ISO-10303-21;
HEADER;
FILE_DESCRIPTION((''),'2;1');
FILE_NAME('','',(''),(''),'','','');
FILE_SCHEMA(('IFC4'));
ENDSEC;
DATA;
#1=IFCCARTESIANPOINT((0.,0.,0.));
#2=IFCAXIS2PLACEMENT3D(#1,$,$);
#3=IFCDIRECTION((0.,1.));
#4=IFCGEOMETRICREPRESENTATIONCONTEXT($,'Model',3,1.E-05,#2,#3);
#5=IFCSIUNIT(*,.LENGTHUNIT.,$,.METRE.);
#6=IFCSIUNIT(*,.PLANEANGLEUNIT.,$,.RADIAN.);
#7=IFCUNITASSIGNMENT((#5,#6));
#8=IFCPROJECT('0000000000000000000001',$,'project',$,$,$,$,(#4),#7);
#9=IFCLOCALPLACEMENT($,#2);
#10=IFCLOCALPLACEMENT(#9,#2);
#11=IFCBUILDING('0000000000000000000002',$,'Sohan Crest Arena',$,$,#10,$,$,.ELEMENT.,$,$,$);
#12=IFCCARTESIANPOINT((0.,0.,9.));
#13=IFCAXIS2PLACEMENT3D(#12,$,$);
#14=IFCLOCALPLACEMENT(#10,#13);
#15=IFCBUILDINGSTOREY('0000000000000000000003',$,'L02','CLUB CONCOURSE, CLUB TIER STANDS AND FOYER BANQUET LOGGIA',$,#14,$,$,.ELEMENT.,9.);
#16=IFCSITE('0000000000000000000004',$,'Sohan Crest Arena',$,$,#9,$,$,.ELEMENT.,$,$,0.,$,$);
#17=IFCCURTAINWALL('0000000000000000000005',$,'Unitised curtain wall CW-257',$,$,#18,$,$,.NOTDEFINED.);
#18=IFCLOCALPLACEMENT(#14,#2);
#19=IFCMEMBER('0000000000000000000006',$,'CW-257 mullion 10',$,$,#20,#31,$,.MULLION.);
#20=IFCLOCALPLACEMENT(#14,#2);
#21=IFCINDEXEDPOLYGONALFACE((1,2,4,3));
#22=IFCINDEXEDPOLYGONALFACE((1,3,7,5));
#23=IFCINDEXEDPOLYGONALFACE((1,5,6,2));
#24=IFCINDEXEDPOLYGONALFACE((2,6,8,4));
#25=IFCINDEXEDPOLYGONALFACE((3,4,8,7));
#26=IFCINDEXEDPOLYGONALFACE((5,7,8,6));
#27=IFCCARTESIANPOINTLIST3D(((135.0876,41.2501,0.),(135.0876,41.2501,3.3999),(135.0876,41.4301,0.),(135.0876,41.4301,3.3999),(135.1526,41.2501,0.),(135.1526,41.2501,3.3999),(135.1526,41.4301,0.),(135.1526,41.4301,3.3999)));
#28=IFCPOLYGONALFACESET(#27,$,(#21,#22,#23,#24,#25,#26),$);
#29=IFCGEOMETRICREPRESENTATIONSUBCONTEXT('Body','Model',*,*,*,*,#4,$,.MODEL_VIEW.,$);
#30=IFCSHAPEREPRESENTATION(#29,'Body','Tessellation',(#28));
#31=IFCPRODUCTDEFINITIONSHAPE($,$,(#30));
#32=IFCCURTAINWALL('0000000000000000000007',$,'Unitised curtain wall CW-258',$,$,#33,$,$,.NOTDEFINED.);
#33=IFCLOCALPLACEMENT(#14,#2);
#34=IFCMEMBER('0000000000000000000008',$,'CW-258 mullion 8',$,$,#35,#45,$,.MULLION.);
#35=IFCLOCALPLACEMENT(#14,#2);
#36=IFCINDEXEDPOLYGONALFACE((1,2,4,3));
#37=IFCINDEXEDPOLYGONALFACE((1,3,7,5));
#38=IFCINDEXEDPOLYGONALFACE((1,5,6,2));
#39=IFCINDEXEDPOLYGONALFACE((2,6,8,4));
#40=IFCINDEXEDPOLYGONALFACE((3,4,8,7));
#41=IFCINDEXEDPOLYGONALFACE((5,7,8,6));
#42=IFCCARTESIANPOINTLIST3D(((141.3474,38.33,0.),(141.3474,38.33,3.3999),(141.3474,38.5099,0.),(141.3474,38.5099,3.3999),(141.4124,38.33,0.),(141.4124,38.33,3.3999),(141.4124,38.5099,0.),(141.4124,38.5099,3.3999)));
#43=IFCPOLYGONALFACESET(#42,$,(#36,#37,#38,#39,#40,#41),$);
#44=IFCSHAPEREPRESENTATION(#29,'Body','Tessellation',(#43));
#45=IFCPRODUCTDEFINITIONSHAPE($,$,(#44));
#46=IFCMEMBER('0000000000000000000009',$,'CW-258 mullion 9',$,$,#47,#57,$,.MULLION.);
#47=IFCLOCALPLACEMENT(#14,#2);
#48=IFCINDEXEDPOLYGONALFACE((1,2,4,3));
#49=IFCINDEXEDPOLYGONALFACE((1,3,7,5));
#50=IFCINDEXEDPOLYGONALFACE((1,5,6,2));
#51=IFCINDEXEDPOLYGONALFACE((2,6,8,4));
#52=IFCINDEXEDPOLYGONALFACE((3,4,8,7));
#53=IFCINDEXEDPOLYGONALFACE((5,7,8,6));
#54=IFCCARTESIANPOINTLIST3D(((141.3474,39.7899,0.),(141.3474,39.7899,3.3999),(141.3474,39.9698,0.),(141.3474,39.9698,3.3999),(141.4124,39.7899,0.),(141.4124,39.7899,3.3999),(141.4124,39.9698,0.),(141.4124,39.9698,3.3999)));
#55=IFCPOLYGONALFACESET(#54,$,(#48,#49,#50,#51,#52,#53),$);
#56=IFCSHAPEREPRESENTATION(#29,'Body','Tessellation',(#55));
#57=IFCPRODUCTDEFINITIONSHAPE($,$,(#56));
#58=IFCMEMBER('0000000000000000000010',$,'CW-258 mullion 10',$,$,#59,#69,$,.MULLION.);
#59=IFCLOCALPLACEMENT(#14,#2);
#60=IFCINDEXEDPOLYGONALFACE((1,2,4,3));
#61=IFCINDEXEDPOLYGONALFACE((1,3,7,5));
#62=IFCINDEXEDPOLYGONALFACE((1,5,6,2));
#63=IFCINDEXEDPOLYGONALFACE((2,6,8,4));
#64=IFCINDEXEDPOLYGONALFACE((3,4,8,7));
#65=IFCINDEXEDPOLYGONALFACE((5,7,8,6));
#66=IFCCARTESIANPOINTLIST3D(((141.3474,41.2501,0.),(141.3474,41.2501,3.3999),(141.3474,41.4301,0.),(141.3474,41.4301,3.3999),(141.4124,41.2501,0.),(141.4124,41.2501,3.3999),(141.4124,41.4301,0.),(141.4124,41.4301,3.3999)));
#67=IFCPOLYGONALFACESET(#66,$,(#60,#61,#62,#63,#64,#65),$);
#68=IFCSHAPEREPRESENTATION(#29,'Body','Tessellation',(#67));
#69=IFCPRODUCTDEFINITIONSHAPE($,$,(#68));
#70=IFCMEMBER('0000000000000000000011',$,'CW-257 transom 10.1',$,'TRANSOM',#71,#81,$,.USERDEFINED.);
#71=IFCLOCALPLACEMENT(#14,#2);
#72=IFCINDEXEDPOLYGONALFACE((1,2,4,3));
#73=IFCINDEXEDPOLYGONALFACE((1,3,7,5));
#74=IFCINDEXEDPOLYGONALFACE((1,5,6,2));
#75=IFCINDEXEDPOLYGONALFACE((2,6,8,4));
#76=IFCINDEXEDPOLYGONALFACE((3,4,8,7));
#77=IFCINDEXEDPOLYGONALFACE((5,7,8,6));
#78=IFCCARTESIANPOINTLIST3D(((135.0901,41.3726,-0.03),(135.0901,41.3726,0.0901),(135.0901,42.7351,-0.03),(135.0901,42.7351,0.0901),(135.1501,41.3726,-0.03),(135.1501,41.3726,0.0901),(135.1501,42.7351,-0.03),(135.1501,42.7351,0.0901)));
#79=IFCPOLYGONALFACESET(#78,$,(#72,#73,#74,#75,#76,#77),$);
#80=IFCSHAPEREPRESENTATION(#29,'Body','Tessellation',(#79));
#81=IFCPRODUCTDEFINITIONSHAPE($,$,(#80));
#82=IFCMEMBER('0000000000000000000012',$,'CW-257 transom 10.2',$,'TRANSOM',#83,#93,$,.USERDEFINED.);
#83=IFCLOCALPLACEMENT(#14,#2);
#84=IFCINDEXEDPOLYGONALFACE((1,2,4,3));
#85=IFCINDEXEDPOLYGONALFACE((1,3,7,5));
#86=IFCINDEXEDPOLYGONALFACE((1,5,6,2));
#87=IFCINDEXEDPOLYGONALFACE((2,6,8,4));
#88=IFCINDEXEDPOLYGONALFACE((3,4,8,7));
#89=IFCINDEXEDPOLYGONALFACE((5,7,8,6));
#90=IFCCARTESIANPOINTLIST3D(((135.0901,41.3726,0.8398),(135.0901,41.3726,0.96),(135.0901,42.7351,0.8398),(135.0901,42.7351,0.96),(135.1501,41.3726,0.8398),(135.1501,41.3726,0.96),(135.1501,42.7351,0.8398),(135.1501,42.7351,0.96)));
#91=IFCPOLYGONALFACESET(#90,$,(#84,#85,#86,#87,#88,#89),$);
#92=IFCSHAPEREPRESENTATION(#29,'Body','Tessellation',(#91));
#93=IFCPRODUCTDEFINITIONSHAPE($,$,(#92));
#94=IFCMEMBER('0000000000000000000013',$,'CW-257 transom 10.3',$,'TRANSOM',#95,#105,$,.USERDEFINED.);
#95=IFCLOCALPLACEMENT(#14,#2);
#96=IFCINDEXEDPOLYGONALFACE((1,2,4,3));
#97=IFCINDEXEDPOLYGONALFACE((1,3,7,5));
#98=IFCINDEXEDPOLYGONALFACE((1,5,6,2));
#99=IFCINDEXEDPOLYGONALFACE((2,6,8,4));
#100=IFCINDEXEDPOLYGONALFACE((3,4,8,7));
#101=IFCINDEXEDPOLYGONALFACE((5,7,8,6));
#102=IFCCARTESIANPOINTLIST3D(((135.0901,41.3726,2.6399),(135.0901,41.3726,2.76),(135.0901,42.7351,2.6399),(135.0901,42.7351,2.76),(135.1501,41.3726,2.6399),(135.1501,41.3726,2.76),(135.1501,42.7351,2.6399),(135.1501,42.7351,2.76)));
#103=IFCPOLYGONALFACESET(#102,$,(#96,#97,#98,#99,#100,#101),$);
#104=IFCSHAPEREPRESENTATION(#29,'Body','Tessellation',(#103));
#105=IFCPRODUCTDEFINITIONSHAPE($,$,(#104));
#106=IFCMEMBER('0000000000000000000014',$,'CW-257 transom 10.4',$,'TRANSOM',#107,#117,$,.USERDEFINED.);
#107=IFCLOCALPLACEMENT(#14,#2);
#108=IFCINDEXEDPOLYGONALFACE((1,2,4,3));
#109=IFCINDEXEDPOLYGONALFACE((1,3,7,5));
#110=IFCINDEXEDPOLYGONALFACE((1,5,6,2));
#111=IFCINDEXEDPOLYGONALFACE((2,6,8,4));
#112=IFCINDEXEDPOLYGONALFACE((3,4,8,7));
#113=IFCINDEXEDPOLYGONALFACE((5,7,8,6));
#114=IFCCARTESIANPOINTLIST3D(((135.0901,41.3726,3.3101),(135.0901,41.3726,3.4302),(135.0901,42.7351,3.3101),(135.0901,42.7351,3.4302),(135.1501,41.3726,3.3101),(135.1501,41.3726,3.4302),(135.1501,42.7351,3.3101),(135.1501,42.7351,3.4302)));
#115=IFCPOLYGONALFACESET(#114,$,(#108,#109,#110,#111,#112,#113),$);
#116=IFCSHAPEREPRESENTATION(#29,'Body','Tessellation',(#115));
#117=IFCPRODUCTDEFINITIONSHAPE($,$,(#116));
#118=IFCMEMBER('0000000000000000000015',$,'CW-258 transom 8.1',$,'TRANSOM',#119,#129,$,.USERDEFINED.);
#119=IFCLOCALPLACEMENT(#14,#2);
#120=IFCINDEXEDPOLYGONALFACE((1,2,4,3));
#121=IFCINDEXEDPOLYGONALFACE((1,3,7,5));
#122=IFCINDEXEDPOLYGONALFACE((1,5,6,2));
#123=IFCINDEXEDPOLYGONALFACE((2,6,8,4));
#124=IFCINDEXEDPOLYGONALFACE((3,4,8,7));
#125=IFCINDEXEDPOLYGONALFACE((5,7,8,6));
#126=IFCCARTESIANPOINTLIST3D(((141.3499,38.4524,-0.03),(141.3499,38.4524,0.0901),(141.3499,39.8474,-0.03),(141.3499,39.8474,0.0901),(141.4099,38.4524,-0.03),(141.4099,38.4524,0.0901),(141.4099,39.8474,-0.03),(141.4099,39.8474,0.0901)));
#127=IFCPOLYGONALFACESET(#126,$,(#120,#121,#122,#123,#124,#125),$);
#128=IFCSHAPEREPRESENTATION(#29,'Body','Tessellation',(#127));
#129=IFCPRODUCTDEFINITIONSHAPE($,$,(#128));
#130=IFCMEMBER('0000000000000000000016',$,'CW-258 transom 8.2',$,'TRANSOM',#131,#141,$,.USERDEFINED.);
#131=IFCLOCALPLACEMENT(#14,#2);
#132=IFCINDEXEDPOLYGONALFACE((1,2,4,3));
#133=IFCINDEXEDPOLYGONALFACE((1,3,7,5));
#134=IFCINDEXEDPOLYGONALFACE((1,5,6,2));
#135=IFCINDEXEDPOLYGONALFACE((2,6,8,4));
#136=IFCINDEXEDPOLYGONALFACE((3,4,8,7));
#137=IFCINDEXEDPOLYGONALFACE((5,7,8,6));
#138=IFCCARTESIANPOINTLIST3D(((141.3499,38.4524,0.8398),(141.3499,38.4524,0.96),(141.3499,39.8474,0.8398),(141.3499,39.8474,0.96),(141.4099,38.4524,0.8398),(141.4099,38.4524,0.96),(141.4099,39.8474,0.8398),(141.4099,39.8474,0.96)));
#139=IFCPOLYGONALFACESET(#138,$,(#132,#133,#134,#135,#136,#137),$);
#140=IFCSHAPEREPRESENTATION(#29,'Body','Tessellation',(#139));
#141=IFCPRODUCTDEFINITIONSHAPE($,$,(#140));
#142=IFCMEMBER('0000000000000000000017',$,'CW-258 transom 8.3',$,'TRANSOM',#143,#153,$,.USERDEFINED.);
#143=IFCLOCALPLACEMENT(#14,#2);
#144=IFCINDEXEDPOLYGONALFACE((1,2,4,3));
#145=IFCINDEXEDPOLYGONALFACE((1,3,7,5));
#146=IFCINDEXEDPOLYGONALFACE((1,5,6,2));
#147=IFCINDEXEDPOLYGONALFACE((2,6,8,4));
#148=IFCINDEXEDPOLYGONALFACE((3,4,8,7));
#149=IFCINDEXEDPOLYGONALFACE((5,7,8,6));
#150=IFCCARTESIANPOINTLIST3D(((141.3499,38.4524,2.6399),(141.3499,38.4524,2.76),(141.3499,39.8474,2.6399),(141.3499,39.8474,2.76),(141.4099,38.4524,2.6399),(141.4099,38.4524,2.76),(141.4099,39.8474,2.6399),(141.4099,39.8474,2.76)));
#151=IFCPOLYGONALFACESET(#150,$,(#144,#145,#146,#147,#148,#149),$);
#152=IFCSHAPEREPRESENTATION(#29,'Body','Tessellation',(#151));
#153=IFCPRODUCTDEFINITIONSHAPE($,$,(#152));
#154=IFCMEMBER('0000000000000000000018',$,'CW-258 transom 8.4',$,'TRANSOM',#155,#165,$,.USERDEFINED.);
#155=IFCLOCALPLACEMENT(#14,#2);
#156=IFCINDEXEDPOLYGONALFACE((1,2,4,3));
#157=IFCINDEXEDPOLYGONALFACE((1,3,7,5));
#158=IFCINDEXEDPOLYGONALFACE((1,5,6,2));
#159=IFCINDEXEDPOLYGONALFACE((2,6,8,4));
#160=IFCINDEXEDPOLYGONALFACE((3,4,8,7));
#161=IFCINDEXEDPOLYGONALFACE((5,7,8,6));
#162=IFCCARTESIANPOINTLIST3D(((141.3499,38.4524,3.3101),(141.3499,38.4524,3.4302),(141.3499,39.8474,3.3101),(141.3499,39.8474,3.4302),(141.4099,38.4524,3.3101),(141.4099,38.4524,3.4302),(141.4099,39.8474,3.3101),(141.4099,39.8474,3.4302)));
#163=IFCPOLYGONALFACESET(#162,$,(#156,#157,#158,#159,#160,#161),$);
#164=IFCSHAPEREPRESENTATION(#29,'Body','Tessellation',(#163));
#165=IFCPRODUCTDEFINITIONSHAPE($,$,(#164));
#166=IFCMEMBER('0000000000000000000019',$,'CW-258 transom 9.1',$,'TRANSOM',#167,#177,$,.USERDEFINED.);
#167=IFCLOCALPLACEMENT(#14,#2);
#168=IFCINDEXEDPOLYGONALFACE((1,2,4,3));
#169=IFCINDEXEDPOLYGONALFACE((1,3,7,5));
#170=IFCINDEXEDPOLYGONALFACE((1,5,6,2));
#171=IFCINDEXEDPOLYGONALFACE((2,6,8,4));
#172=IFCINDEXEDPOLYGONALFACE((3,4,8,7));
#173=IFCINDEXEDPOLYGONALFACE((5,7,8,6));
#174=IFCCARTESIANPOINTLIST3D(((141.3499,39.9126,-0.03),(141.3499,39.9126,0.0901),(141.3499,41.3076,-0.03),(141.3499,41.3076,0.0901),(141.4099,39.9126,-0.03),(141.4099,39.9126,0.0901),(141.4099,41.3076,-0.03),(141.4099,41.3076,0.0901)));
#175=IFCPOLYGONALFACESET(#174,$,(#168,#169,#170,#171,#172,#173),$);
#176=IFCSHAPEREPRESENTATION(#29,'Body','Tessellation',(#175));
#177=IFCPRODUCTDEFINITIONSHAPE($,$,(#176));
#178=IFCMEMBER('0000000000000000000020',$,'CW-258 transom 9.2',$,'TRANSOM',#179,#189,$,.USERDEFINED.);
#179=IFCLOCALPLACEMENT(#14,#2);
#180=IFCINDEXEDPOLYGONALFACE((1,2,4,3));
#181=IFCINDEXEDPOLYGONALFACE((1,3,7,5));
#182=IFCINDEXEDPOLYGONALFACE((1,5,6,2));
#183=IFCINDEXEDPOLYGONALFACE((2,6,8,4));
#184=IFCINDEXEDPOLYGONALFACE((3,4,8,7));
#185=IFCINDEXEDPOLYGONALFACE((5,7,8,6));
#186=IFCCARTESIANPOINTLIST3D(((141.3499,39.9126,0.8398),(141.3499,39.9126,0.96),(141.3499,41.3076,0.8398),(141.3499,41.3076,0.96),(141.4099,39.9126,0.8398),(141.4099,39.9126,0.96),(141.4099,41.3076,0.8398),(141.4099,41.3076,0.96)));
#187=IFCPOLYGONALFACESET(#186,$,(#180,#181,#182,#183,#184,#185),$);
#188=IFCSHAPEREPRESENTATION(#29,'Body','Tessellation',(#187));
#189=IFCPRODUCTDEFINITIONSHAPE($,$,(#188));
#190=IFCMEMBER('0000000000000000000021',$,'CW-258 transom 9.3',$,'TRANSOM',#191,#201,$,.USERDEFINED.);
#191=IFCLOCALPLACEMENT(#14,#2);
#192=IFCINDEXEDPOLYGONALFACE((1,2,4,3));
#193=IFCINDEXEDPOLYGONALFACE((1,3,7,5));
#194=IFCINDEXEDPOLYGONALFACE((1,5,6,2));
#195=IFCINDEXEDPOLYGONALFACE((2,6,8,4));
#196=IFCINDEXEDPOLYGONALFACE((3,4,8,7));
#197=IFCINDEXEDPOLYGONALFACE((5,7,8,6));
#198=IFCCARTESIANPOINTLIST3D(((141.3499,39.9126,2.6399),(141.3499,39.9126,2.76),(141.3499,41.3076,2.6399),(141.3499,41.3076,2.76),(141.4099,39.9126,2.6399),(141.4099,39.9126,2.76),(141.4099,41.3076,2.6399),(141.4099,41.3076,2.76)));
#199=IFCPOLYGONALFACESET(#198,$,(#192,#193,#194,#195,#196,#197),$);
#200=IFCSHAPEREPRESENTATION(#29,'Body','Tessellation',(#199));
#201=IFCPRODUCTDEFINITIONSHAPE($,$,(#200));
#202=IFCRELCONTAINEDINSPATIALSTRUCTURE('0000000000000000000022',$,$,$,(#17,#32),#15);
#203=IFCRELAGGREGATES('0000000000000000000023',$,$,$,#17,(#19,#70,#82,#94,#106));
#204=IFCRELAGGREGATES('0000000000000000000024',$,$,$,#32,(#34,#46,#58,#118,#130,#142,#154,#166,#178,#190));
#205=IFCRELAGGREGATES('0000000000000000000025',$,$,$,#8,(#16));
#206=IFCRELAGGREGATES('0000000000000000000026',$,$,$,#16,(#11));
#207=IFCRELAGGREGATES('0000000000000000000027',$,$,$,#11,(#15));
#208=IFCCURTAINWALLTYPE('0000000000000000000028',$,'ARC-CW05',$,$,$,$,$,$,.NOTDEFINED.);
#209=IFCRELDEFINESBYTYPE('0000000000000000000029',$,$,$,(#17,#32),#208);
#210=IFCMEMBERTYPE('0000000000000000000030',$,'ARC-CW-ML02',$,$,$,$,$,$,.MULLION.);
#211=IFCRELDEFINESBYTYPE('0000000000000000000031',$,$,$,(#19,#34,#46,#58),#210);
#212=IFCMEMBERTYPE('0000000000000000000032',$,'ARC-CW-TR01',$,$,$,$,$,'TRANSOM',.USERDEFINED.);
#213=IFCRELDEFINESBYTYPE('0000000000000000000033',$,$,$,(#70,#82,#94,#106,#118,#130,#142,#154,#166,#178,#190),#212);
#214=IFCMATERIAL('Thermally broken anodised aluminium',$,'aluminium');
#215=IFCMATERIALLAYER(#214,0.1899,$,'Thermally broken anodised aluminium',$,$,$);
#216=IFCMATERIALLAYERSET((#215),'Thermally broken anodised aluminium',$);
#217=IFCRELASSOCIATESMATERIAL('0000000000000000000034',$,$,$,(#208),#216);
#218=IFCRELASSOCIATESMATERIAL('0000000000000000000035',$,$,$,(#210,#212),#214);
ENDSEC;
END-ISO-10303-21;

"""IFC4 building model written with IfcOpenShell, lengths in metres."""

from ifc_helpers import new_model, si_unit, direction, frame, origin, origin_2d, place, context, subcontext, project, spatial, rectangle, extrude, material, layer, layer_set, material_profile, profile_set, type_object, element, aggregate, save


model = new_model("IFC4")

# Units and contexts
model_context = context("Model", 3, precision=1e-05, world=origin(), true_north=direction((0.0, 1.0)))
body_context = subcontext(model_context, "Body", "Model", "MODEL_VIEW")
ifc_project = project(units=[si_unit("LENGTHUNIT", "METRE"), si_unit("PLANEANGLEUNIT", "RADIAN")], contexts=[model_context])

# Site, building, storey
site_placement = place(None, origin())
site = spatial("IfcSite", under=ifc_project, at=site_placement, Name="Sohan Crest Arena", CompositionType="ELEMENT", RefElevation=0.0)
building_placement = place(site_placement, origin())
building = spatial("IfcBuilding", under=site, at=building_placement, Name="Sohan Crest Arena", CompositionType="ELEMENT")
storey_placement = place(building_placement, frame((0.0, 0.0, 9.0)))
storey = spatial("IfcBuildingStorey", under=building, at=storey_placement, Name="L02", Description="CLUB CONCOURSE, CLUB TIER STANDS AND FOYER BANQUET LOGGIA", CompositionType="ELEMENT", Elevation=9.0)

# Curtain wall, member
ifc_material_1 = material(Name="Thermally broken anodised aluminium", Category="aluminium")
ifc_layer_1 = layer(ifc_material_1, 0.1899, Name="Thermally broken anodised aluminium")
ifc_layer_set_1 = layer_set([ifc_layer_1], Name="Thermally broken anodised aluminium")
curtain_wall_type = type_object("IfcCurtainWallType", Name="ARC-CW05", PredefinedType="NOTDEFINED", material=ifc_layer_set_1)
curtain_wall_1_placement = place(storey_placement, origin())
curtain_wall_1 = element("IfcCurtainWall", 1, at=curtain_wall_1_placement, inside=storey, type_object=curtain_wall_type, Name="Unitised curtain wall CW-257", PredefinedType="NOTDEFINED")
ifc_material_profile_1 = material_profile(ifc_material_1, rectangle(XDim=0.0649, YDim=0.1799, at=origin_2d()), Name="ALU-MULL 65x180")
ifc_profile_set_1 = profile_set([ifc_material_profile_1], Name="Thermally broken anodised aluminium")
member_type_1 = type_object("IfcMemberType", Name="ARC-CW-ML02", PredefinedType="MULLION", material=ifc_profile_set_1)
member_1_placement = place(storey_placement, frame((135.1201, 41.3401, 0.0), z_axis=(0.0, 0.0, 1.0), x_axis=(-1.0, 0.0, 0.0)))
member_1 = element("IfcMember", 2, at=member_1_placement, type_object=member_type_1, Name="CW-257 mullion 10", PredefinedType="MULLION", context=body_context, shape_type="SweptSolid", body=[
    extrude(rectangle(XDim=0.0649, YDim=0.1799, at=origin_2d()), origin(), (0.0, 0.0, 1.0), 3.3999),
])

# Curtain wall, members
curtain_wall_2_placement = place(storey_placement, origin())
curtain_wall_2 = element("IfcCurtainWall", 3, at=curtain_wall_2_placement, inside=storey, type_object=curtain_wall_type, Name="Unitised curtain wall CW-258", PredefinedType="NOTDEFINED")
member_2_placement = place(storey_placement, frame((141.3799, 38.4199, 0.0), z_axis=(0.0, 0.0, 1.0), x_axis=(-1.0, 0.0, 0.0)))
member_2 = element("IfcMember", 4, at=member_2_placement, type_object=member_type_1, Name="CW-258 mullion 8", PredefinedType="MULLION", context=body_context, shape_type="SweptSolid", body=[
    extrude(rectangle(XDim=0.0649, YDim=0.1799, at=origin_2d()), origin(), (0.0, 0.0, 1.0), 3.3999),
])
member_3_placement = place(storey_placement, frame((141.3799, 39.8799, 0.0), z_axis=(0.0, 0.0, 1.0), x_axis=(-1.0, 0.0, 0.0)))
member_3 = element("IfcMember", 5, at=member_3_placement, type_object=member_type_1, Name="CW-258 mullion 9", PredefinedType="MULLION", context=body_context, shape_type="SweptSolid", body=[
    extrude(rectangle(XDim=0.0649, YDim=0.1799, at=origin_2d()), origin(), (0.0, 0.0, 1.0), 3.3999),
])
member_4_placement = place(storey_placement, frame((141.3799, 41.3401, 0.0), z_axis=(0.0, 0.0, 1.0), x_axis=(-1.0, 0.0, 0.0)))
member_4 = element("IfcMember", 6, at=member_4_placement, type_object=member_type_1, Name="CW-258 mullion 10", PredefinedType="MULLION", context=body_context, shape_type="SweptSolid", body=[
    extrude(rectangle(XDim=0.0649, YDim=0.1799, at=origin_2d()), origin(), (0.0, 0.0, 1.0), 3.3999),
])

# Members
ifc_material_profile_2 = material_profile(ifc_material_1, rectangle(XDim=0.0601, YDim=0.1201, at=origin_2d()), Name="ALU-TRAN 60x120")
ifc_profile_set_2 = profile_set([ifc_material_profile_2], Name="Thermally broken anodised aluminium")
member_type_2 = type_object("IfcMemberType", Name="ARC-CW-TR01", ElementType="TRANSOM", PredefinedType="USERDEFINED", material=ifc_profile_set_2)
member_5_placement = place(storey_placement, frame((135.1201, 41.3726, 0.03), z_axis=(0.0, 1.0, 0.0), x_axis=(-1.0, 0.0, 0.0)))
member_5 = element("IfcMember", 7, at=member_5_placement, type_object=member_type_2, Name="CW-257 transom 10.1", ObjectType="TRANSOM", PredefinedType="USERDEFINED", context=body_context, shape_type="SweptSolid", body=[
    extrude(rectangle(XDim=0.0601, YDim=0.1201, at=origin_2d()), origin(), (0.0, 0.0, 1.0), 1.3625),
])
member_6_placement = place(storey_placement, frame((135.1201, 41.3726, 0.8999), z_axis=(0.0, 1.0, 0.0), x_axis=(-1.0, 0.0, 0.0)))
member_6 = element("IfcMember", 8, at=member_6_placement, type_object=member_type_2, Name="CW-257 transom 10.2", ObjectType="TRANSOM", PredefinedType="USERDEFINED", context=body_context, shape_type="SweptSolid", body=[
    extrude(rectangle(XDim=0.0601, YDim=0.1201, at=origin_2d()), origin(), (0.0, 0.0, 1.0), 1.3625),
])
member_7_placement = place(storey_placement, frame((135.1201, 41.3726, 2.7), z_axis=(0.0, 1.0, 0.0), x_axis=(-1.0, 0.0, 0.0)))
member_7 = element("IfcMember", 9, at=member_7_placement, type_object=member_type_2, Name="CW-257 transom 10.3", ObjectType="TRANSOM", PredefinedType="USERDEFINED", context=body_context, shape_type="SweptSolid", body=[
    extrude(rectangle(XDim=0.0601, YDim=0.1201, at=origin_2d()), origin(), (0.0, 0.0, 1.0), 1.3625),
])
member_8_placement = place(storey_placement, frame((135.1201, 41.3726, 3.3701), z_axis=(0.0, 1.0, 0.0), x_axis=(-1.0, 0.0, 0.0)))
member_8 = element("IfcMember", 10, at=member_8_placement, type_object=member_type_2, Name="CW-257 transom 10.4", ObjectType="TRANSOM", PredefinedType="USERDEFINED", context=body_context, shape_type="SweptSolid", body=[
    extrude(rectangle(XDim=0.0601, YDim=0.1201, at=origin_2d()), origin(), (0.0, 0.0, 1.0), 1.3625),
])
member_9_placement = place(storey_placement, frame((141.3799, 38.4524, 0.03), z_axis=(0.0, 1.0, 0.0), x_axis=(-1.0, 0.0, 0.0)))
member_9 = element("IfcMember", 11, at=member_9_placement, type_object=member_type_2, Name="CW-258 transom 8.1", ObjectType="TRANSOM", PredefinedType="USERDEFINED", context=body_context, shape_type="SweptSolid", body=[
    extrude(rectangle(XDim=0.0601, YDim=0.1201, at=origin_2d()), origin(), (0.0, 0.0, 1.0), 1.395),
])
member_10_placement = place(storey_placement, frame((141.3799, 38.4524, 0.8999), z_axis=(0.0, 1.0, 0.0), x_axis=(-1.0, 0.0, 0.0)))
member_10 = element("IfcMember", 12, at=member_10_placement, type_object=member_type_2, Name="CW-258 transom 8.2", ObjectType="TRANSOM", PredefinedType="USERDEFINED", context=body_context, shape_type="SweptSolid", body=[
    extrude(rectangle(XDim=0.0601, YDim=0.1201, at=origin_2d()), origin(), (0.0, 0.0, 1.0), 1.395),
])
member_11_placement = place(storey_placement, frame((141.3799, 38.4524, 2.7), z_axis=(0.0, 1.0, 0.0), x_axis=(-1.0, 0.0, 0.0)))
member_11 = element("IfcMember", 13, at=member_11_placement, type_object=member_type_2, Name="CW-258 transom 8.3", ObjectType="TRANSOM", PredefinedType="USERDEFINED", context=body_context, shape_type="SweptSolid", body=[
    extrude(rectangle(XDim=0.0601, YDim=0.1201, at=origin_2d()), origin(), (0.0, 0.0, 1.0), 1.395),
])
member_12_placement = place(storey_placement, frame((141.3799, 38.4524, 3.3701), z_axis=(0.0, 1.0, 0.0), x_axis=(-1.0, 0.0, 0.0)))
member_12 = element("IfcMember", 14, at=member_12_placement, type_object=member_type_2, Name="CW-258 transom 8.4", ObjectType="TRANSOM", PredefinedType="USERDEFINED", context=body_context, shape_type="SweptSolid", body=[
    extrude(rectangle(XDim=0.0601, YDim=0.1201, at=origin_2d()), origin(), (0.0, 0.0, 1.0), 1.395),
])
member_13_placement = place(storey_placement, frame((141.3799, 39.9126, 0.03), z_axis=(0.0, 1.0, 0.0), x_axis=(-1.0, 0.0, 0.0)))
member_13 = element("IfcMember", 15, at=member_13_placement, type_object=member_type_2, Name="CW-258 transom 9.1", ObjectType="TRANSOM", PredefinedType="USERDEFINED", context=body_context, shape_type="SweptSolid", body=[
    extrude(rectangle(XDim=0.0601, YDim=0.1201, at=origin_2d()), origin(), (0.0, 0.0, 1.0), 1.395),
])
member_14_placement = place(storey_placement, frame((141.3799, 39.9126, 0.8999), z_axis=(0.0, 1.0, 0.0), x_axis=(-1.0, 0.0, 0.0)))
member_14 = element("IfcMember", 16, at=member_14_placement, type_object=member_type_2, Name="CW-258 transom 9.2", ObjectType="TRANSOM", PredefinedType="USERDEFINED", context=body_context, shape_type="SweptSolid", body=[
    extrude(rectangle(XDim=0.0601, YDim=0.1201, at=origin_2d()), origin(), (0.0, 0.0, 1.0), 1.395),
])
member_15_placement = place(storey_placement, frame((141.3799, 39.9126, 2.7), z_axis=(0.0, 1.0, 0.0), x_axis=(-1.0, 0.0, 0.0)))
member_15 = element("IfcMember", 17, at=member_15_placement, type_object=member_type_2, Name="CW-258 transom 9.3", ObjectType="TRANSOM", PredefinedType="USERDEFINED", context=body_context, shape_type="SweptSolid", body=[
    extrude(rectangle(XDim=0.0601, YDim=0.1201, at=origin_2d()), origin(), (0.0, 0.0, 1.0), 1.395),
])

aggregate(curtain_wall_1, [member_1, member_5, member_6, member_7, member_8])
aggregate(curtain_wall_2, [member_2, member_3, member_4, member_9, member_10, member_11, member_12, member_13, member_14, member_15])

save(model, "model.ifc")
